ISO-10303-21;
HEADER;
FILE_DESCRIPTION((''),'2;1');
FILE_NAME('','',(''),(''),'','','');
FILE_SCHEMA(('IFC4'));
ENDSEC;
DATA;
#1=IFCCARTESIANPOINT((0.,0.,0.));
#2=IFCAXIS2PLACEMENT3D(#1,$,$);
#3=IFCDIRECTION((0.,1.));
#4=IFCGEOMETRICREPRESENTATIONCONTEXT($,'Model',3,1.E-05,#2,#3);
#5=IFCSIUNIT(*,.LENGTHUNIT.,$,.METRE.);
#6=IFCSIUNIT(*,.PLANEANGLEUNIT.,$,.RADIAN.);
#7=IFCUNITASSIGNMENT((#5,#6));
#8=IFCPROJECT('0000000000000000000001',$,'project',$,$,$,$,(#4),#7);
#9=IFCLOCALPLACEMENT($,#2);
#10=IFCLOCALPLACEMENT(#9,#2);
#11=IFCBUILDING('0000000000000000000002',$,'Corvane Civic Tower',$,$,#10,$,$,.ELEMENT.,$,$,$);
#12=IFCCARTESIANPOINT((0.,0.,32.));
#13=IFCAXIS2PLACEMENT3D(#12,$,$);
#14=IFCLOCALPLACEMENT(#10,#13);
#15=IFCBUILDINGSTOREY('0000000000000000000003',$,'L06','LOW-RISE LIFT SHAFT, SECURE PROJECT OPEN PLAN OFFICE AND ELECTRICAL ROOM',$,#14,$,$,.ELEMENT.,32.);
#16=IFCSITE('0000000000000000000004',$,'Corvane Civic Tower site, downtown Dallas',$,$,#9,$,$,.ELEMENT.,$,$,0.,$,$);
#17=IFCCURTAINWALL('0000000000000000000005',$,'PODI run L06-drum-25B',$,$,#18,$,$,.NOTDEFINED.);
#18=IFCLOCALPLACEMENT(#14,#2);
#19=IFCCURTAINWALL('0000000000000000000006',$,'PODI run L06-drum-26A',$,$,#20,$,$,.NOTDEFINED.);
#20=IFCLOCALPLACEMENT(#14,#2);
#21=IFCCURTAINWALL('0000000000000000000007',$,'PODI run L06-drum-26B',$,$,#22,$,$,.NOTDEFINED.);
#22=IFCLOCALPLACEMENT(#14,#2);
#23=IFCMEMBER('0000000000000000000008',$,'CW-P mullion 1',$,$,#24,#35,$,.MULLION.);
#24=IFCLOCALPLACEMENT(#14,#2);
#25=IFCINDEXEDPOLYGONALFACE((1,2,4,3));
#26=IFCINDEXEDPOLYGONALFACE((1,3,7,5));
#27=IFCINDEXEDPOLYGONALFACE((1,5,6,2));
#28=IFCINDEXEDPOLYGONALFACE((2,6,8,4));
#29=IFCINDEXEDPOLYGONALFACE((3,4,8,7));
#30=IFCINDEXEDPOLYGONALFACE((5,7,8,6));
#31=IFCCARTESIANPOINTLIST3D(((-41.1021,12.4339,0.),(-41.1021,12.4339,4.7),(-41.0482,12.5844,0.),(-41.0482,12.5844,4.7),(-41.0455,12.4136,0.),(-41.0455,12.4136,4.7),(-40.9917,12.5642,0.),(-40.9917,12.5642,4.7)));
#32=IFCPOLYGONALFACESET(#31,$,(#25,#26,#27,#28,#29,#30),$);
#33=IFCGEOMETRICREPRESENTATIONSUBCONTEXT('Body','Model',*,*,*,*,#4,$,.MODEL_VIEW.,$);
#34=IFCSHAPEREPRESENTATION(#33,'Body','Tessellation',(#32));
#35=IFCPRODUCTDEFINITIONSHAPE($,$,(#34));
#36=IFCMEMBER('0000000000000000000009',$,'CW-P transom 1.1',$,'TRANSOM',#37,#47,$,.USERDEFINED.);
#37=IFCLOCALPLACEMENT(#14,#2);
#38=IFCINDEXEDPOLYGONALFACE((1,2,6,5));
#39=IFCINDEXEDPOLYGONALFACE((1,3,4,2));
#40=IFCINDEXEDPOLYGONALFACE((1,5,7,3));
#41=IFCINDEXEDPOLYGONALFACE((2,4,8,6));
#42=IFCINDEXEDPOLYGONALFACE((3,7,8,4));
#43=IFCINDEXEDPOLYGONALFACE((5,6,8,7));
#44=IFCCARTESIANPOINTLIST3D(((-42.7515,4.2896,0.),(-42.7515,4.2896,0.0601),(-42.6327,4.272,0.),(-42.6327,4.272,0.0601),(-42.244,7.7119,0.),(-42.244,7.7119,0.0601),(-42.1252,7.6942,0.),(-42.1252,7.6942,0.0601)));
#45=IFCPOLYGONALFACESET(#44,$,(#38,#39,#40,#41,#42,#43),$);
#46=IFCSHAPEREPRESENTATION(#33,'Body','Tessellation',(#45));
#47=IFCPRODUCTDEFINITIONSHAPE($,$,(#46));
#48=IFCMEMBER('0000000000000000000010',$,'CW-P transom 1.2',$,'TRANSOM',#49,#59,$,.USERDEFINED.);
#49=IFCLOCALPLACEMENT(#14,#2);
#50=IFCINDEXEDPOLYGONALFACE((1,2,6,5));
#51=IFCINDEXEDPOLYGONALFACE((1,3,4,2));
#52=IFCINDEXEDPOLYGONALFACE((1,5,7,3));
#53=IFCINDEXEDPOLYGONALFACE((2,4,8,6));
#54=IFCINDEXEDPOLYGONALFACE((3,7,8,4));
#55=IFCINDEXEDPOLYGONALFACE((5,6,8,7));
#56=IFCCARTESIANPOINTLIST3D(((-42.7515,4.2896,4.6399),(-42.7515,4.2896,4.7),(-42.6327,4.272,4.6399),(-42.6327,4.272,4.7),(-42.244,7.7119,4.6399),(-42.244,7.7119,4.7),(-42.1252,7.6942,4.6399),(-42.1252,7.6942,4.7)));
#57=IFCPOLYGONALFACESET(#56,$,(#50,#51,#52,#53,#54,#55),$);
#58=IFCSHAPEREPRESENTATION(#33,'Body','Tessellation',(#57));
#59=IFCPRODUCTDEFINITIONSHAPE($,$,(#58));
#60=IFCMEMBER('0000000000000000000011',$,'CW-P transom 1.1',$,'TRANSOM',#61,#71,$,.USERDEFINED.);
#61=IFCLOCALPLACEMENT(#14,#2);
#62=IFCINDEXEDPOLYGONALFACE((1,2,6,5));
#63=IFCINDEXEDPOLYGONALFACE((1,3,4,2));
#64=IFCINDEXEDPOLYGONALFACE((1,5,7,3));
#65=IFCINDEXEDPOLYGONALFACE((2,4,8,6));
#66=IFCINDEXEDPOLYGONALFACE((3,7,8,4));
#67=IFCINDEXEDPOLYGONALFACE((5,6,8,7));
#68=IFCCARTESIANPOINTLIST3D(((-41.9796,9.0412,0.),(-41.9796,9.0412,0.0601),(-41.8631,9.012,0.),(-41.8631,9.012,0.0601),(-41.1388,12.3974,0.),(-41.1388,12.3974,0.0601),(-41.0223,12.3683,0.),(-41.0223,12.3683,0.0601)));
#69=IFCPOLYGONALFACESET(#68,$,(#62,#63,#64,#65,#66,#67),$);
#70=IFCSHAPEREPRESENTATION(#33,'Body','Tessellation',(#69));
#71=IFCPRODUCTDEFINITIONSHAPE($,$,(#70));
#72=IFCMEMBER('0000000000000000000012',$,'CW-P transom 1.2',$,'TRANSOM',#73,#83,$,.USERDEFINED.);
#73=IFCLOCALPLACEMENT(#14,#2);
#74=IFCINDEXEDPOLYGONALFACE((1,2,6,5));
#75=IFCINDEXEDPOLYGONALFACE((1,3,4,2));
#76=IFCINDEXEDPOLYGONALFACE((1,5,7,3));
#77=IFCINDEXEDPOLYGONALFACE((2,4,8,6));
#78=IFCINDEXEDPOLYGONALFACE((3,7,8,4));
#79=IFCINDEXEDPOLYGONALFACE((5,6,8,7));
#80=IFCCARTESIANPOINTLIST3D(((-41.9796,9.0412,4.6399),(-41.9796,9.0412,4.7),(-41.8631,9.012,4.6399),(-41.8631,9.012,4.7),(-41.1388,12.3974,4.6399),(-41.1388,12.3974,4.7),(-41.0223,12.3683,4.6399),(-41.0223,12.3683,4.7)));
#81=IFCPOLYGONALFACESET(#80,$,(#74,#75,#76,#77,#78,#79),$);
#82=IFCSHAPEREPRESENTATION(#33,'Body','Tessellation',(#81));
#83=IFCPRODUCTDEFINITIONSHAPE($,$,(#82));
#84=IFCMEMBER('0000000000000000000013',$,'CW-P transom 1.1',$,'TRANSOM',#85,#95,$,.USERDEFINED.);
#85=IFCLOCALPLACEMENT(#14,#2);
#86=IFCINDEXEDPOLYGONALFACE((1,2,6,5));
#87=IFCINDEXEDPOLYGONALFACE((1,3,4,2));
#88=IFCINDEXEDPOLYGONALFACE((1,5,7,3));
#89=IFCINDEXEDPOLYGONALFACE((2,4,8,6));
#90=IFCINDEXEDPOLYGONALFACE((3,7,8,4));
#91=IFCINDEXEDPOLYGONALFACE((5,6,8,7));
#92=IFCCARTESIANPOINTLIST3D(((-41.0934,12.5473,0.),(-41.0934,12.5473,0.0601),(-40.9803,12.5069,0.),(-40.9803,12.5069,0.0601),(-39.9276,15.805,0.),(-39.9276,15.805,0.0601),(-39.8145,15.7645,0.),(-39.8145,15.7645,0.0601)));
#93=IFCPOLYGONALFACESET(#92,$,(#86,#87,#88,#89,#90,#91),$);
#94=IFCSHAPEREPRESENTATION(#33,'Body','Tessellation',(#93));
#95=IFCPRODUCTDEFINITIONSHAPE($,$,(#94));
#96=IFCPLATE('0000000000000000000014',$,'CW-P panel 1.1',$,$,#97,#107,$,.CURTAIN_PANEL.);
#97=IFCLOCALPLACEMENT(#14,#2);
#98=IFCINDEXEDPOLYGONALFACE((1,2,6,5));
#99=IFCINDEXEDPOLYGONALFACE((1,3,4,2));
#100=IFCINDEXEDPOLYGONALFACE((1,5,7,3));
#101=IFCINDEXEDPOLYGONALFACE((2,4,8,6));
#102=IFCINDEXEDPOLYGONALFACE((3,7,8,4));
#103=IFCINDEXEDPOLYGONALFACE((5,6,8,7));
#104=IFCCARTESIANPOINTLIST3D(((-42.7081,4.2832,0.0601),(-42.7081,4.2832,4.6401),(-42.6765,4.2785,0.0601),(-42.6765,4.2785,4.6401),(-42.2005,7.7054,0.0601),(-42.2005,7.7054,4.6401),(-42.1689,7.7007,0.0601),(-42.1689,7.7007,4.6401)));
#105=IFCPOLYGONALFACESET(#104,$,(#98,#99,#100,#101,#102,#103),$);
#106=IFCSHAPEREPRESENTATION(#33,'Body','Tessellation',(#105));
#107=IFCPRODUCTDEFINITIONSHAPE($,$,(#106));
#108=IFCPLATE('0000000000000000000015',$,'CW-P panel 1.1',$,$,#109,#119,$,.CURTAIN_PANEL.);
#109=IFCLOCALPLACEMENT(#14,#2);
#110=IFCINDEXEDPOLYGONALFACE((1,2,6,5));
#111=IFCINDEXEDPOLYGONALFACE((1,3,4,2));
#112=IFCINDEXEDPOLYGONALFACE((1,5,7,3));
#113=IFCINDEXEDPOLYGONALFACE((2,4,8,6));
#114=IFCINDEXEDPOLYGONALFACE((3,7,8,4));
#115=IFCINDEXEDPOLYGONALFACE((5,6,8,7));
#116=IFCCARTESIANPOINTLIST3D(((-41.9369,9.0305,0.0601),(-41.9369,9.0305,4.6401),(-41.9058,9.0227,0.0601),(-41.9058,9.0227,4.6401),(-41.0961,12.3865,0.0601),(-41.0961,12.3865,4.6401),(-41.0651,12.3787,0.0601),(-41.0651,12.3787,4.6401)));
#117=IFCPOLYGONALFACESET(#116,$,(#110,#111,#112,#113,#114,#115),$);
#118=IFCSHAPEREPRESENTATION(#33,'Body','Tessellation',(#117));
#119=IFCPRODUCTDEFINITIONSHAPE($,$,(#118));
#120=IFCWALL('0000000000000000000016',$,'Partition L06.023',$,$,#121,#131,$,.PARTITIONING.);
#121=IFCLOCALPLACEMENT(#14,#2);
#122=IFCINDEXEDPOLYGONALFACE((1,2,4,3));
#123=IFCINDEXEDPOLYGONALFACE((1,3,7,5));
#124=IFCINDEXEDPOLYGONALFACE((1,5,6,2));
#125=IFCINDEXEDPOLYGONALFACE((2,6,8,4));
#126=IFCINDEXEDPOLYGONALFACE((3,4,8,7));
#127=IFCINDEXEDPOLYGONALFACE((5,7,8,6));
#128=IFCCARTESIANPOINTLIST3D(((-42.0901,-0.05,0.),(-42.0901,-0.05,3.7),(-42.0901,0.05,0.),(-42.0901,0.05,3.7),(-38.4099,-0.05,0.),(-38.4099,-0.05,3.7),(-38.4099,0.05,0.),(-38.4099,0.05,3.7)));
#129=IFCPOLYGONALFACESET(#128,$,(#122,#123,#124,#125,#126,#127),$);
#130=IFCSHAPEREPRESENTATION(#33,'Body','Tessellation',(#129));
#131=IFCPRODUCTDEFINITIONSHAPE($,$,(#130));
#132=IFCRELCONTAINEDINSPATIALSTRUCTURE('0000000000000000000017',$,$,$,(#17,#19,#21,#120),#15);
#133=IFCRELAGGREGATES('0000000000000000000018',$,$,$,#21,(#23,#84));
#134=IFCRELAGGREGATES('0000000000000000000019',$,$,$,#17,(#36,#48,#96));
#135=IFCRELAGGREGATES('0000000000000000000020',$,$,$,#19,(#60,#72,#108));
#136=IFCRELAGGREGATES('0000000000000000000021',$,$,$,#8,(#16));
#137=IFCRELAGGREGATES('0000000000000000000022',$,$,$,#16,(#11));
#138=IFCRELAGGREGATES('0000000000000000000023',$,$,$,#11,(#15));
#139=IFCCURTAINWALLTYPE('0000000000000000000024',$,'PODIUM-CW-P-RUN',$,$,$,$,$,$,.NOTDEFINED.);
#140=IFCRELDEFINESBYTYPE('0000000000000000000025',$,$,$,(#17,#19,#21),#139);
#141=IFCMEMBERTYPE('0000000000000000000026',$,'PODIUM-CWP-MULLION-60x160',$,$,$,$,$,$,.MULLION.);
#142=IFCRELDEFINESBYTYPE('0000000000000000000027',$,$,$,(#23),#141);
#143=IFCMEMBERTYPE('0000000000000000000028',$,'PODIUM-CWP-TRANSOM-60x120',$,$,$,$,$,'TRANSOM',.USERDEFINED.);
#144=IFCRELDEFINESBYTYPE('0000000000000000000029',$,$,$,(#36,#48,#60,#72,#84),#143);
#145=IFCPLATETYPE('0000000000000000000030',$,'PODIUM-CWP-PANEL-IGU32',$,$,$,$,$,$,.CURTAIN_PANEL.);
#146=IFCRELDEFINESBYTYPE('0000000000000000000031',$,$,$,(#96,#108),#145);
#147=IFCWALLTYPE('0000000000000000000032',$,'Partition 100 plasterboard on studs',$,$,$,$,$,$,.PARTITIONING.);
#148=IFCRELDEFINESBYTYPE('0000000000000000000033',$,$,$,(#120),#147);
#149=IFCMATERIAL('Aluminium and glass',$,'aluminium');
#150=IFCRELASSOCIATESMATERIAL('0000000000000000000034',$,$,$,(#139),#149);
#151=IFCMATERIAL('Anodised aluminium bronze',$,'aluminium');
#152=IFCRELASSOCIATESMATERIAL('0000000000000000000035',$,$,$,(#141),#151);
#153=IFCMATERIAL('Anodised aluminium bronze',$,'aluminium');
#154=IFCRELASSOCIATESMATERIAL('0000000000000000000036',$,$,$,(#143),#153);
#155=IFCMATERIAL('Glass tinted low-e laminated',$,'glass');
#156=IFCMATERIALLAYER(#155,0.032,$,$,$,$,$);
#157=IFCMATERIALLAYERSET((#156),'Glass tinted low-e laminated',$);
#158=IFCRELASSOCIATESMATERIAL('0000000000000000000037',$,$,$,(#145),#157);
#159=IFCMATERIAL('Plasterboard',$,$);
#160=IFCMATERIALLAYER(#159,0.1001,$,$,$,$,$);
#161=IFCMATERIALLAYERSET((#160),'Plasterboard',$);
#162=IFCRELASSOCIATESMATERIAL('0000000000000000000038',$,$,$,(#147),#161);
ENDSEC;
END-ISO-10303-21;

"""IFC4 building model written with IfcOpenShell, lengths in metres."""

from ifc_helpers import new_model, si_unit, direction, frame, frame_2d, origin, origin_2d, place, context, subcontext, project, spatial, rectangle, extrude, material, layer, layer_set, material_profile, profile_set, type_object, element, aggregate, save


model = new_model("IFC4")

# Units and contexts
model_context = context("Model", 3, precision=1e-05, world=origin(), true_north=direction((0.0, 1.0)))
body_context = subcontext(model_context, "Body", "Model", "MODEL_VIEW")
ifc_project = project(units=[si_unit("LENGTHUNIT", "METRE"), si_unit("PLANEANGLEUNIT", "RADIAN")], contexts=[model_context])

# Site, building, storey
site_placement = place(None, origin())
site = spatial("IfcSite", under=ifc_project, at=site_placement, Name="Corvane Civic Tower site, downtown Dallas", CompositionType="ELEMENT", RefElevation=0.0)
building_placement = place(site_placement, origin())
building = spatial("IfcBuilding", under=site, at=building_placement, Name="Corvane Civic Tower", CompositionType="ELEMENT")
storey_placement = place(building_placement, frame((0.0, 0.0, 32.0)))
storey = spatial("IfcBuildingStorey", under=building, at=storey_placement, Name="L06", Description="LOW-RISE LIFT SHAFT, SECURE PROJECT OPEN PLAN OFFICE AND ELECTRICAL ROOM", CompositionType="ELEMENT", Elevation=32.0)

# Curtain walls
ifc_material_1 = material(Name="Aluminium and glass", Category="aluminium")
curtain_wall_type = type_object("IfcCurtainWallType", Name="PODIUM-CW-P-RUN", PredefinedType="NOTDEFINED", material=ifc_material_1)
curtain_wall_1_placement = place(storey_placement, origin())
curtain_wall_1 = element("IfcCurtainWall", 1, at=curtain_wall_1_placement, inside=storey, type_object=curtain_wall_type, Name="PODI run L06-drum-25B", PredefinedType="NOTDEFINED")
ifc_material_2 = material(Name="Anodised aluminium bronze", Category="aluminium")
ifc_material_profile_1 = material_profile(ifc_material_2, rectangle(XDim=0.0601, YDim=0.1599, at=origin_2d()), Name="AL 60x160")
ifc_profile_set_1 = profile_set([ifc_material_profile_1], Name="Anodised aluminium bronze")
member_type_1 = type_object("IfcMemberType", Name="PODIUM-CWP-MULLION-60x160", PredefinedType="MULLION", material=ifc_profile_set_1)
curtain_wall_2_placement = place(storey_placement, origin())
curtain_wall_2 = element("IfcCurtainWall", 2, at=curtain_wall_2_placement, inside=storey, type_object=curtain_wall_type, Name="PODI run L06-drum-26A", PredefinedType="NOTDEFINED")

# Curtain wall, member
curtain_wall_3_placement = place(storey_placement, origin())
curtain_wall_3 = element("IfcCurtainWall", 3, at=curtain_wall_3_placement, inside=storey, type_object=curtain_wall_type, Name="PODI run L06-drum-26B", PredefinedType="NOTDEFINED")
member_1_placement = place(storey_placement, frame((-41.0469, 12.499, 0.0), z_axis=(0.0, 0.0, 1.0), x_axis=(-0.941534, 0.336919, 0.0)))
member_1 = element("IfcMember", 4, at=member_1_placement, type_object=member_type_1, Name="CW-P mullion 1", PredefinedType="MULLION", context=body_context, shape_type="SweptSolid", body=[
    extrude(rectangle(XDim=0.0601, YDim=0.1599, at=origin_2d()), origin(), (0.0, 0.0, 1.0), 4.7),
])

# Members
ifc_material_3 = material(Name="Anodised aluminium bronze", Category="aluminium")
ifc_material_profile_2 = material_profile(ifc_material_3, rectangle(XDim=0.1201, YDim=0.0601, at=origin_2d()), Name="AL 120x60")
ifc_profile_set_2 = profile_set([ifc_material_profile_2], Name="Anodised aluminium bronze")
member_type_2 = type_object("IfcMemberType", Name="PODIUM-CWP-TRANSOM-60x120", ElementType="TRANSOM", PredefinedType="USERDEFINED", material=ifc_profile_set_2)
member_2_placement = place(storey_placement, frame((-42.6921, 4.2808, 0.03), z_axis=(0.146705, 0.98918, 0.0), x_axis=(-0.98918, 0.146705, 0.0)))
member_2 = element("IfcMember", 5, at=member_2_placement, type_object=member_type_2, Name="CW-P transom 1.1", ObjectType="TRANSOM", PredefinedType="USERDEFINED", context=body_context, shape_type="SweptSolid", body=[
    extrude(rectangle(XDim=0.1201, YDim=0.0601, at=origin_2d()), origin(), (0.0, 0.0, 1.0), 3.4597),
])
member_3_placement = place(storey_placement, frame((-42.6921, 4.2808, 4.6699), z_axis=(0.146705, 0.98918, 0.0), x_axis=(-0.98918, 0.146705, 0.0)))
member_3 = element("IfcMember", 6, at=member_3_placement, type_object=member_type_2, Name="CW-P transom 1.2", ObjectType="TRANSOM", PredefinedType="USERDEFINED", context=body_context, shape_type="SweptSolid", body=[
    extrude(rectangle(XDim=0.1201, YDim=0.0601, at=origin_2d()), origin(), (0.0, 0.0, 1.0), 3.4597),
])
member_4_placement = place(storey_placement, frame((-41.9214, 9.0266, 0.03), z_axis=(0.243017, 0.970022, 0.0), x_axis=(-0.970022, 0.243017, 0.0)))
member_4 = element("IfcMember", 7, at=member_4_placement, type_object=member_type_2, Name="CW-P transom 1.1", ObjectType="TRANSOM", PredefinedType="USERDEFINED", context=body_context, shape_type="SweptSolid", body=[
    extrude(rectangle(XDim=0.1201, YDim=0.0601, at=origin_2d()), origin(), (0.0, 0.0, 1.0), 3.46),
])
member_5_placement = place(storey_placement, frame((-41.9214, 9.0266, 4.6699), z_axis=(0.243017, 0.970022, 0.0), x_axis=(-0.970022, 0.243017, 0.0)))
member_5 = element("IfcMember", 8, at=member_5_placement, type_object=member_type_2, Name="CW-P transom 1.2", ObjectType="TRANSOM", PredefinedType="USERDEFINED", context=body_context, shape_type="SweptSolid", body=[
    extrude(rectangle(XDim=0.1201, YDim=0.0601, at=origin_2d()), origin(), (0.0, 0.0, 1.0), 3.46),
])
member_6_placement = place(storey_placement, frame((-41.0369, 12.5271, 0.03), z_axis=(0.33694, 0.941526, 0.0), x_axis=(-0.941526, 0.33694, 0.0)))
member_6 = element("IfcMember", 9, at=member_6_placement, type_object=member_type_2, Name="CW-P transom 1.1", ObjectType="TRANSOM", PredefinedType="USERDEFINED", context=body_context, shape_type="SweptSolid", body=[
    extrude(rectangle(XDim=0.1201, YDim=0.0601, at=origin_2d()), origin(), (0.0, 0.0, 1.0), 3.46),
])
aggregate(curtain_wall_3, [member_1, member_6])

# Plates
ifc_material_4 = material(Name="Glass tinted low-e laminated", Category="glass")
ifc_layer_1 = layer(ifc_material_4, 0.032)
ifc_layer_set_1 = layer_set([ifc_layer_1], Name="Glass tinted low-e laminated")
plate_type = type_object("IfcPlateType", Name="PODIUM-CWP-PANEL-IGU32", PredefinedType="CURTAIN_PANEL", material=ifc_layer_set_1)
plate_1_placement = place(storey_placement, frame((-42.4385, 5.9919, 0.0601), z_axis=(0.0, 0.0, 1.0), x_axis=(0.146715, 0.989179, 0.0)))
plate_1 = element("IfcPlate", 10, at=plate_1_placement, type_object=plate_type, Name="CW-P panel 1.1", PredefinedType="CURTAIN_PANEL", context=body_context, shape_type="SweptSolid", body=[
    extrude(rectangle(XDim=3.4597, YDim=0.032, at=origin_2d()), origin(), (0.0, 0.0, 1.0), 4.5801),
])
aggregate(curtain_wall_1, [member_2, member_3, plate_1])
plate_2_placement = place(storey_placement, frame((-41.501, 10.7046, 0.0601), z_axis=(0.0, 0.0, 1.0), x_axis=(0.243009, 0.970024, 0.0)))
plate_2 = element("IfcPlate", 11, at=plate_2_placement, type_object=plate_type, Name="CW-P panel 1.1", PredefinedType="CURTAIN_PANEL", context=body_context, shape_type="SweptSolid", body=[
    extrude(rectangle(XDim=3.4597, YDim=0.032, at=origin_2d()), origin(), (0.0, 0.0, 1.0), 4.5801),
])
aggregate(curtain_wall_2, [member_4, member_5, plate_2])

# Wall
ifc_material_5 = material(Name="Plasterboard")
ifc_layer_2 = layer(ifc_material_5, 0.1001)
ifc_layer_set_2 = layer_set([ifc_layer_2], Name="Plasterboard")
wall_type_1 = type_object("IfcWallType", Name="Partition 100 plasterboard on studs", PredefinedType="PARTITIONING", material=ifc_layer_set_2)
wall_1_placement = place(storey_placement, frame((-42.0901, 0.0, 0.0), z_axis=(0.0, 0.0, 1.0), x_axis=(1.0, 0.0, 0.0)))
element("IfcWall", 12, at=wall_1_placement, inside=storey, type_object=wall_type_1, Name="Partition L06.023", PredefinedType="PARTITIONING", context=body_context, shape_type="SweptSolid", body=[
    extrude(rectangle(XDim=3.6802, YDim=0.1001, at=frame_2d((1.8401, 0.0))), origin(), (0.0, 0.0, 1.0), 3.7),
])

save(model, "model.ifc")
